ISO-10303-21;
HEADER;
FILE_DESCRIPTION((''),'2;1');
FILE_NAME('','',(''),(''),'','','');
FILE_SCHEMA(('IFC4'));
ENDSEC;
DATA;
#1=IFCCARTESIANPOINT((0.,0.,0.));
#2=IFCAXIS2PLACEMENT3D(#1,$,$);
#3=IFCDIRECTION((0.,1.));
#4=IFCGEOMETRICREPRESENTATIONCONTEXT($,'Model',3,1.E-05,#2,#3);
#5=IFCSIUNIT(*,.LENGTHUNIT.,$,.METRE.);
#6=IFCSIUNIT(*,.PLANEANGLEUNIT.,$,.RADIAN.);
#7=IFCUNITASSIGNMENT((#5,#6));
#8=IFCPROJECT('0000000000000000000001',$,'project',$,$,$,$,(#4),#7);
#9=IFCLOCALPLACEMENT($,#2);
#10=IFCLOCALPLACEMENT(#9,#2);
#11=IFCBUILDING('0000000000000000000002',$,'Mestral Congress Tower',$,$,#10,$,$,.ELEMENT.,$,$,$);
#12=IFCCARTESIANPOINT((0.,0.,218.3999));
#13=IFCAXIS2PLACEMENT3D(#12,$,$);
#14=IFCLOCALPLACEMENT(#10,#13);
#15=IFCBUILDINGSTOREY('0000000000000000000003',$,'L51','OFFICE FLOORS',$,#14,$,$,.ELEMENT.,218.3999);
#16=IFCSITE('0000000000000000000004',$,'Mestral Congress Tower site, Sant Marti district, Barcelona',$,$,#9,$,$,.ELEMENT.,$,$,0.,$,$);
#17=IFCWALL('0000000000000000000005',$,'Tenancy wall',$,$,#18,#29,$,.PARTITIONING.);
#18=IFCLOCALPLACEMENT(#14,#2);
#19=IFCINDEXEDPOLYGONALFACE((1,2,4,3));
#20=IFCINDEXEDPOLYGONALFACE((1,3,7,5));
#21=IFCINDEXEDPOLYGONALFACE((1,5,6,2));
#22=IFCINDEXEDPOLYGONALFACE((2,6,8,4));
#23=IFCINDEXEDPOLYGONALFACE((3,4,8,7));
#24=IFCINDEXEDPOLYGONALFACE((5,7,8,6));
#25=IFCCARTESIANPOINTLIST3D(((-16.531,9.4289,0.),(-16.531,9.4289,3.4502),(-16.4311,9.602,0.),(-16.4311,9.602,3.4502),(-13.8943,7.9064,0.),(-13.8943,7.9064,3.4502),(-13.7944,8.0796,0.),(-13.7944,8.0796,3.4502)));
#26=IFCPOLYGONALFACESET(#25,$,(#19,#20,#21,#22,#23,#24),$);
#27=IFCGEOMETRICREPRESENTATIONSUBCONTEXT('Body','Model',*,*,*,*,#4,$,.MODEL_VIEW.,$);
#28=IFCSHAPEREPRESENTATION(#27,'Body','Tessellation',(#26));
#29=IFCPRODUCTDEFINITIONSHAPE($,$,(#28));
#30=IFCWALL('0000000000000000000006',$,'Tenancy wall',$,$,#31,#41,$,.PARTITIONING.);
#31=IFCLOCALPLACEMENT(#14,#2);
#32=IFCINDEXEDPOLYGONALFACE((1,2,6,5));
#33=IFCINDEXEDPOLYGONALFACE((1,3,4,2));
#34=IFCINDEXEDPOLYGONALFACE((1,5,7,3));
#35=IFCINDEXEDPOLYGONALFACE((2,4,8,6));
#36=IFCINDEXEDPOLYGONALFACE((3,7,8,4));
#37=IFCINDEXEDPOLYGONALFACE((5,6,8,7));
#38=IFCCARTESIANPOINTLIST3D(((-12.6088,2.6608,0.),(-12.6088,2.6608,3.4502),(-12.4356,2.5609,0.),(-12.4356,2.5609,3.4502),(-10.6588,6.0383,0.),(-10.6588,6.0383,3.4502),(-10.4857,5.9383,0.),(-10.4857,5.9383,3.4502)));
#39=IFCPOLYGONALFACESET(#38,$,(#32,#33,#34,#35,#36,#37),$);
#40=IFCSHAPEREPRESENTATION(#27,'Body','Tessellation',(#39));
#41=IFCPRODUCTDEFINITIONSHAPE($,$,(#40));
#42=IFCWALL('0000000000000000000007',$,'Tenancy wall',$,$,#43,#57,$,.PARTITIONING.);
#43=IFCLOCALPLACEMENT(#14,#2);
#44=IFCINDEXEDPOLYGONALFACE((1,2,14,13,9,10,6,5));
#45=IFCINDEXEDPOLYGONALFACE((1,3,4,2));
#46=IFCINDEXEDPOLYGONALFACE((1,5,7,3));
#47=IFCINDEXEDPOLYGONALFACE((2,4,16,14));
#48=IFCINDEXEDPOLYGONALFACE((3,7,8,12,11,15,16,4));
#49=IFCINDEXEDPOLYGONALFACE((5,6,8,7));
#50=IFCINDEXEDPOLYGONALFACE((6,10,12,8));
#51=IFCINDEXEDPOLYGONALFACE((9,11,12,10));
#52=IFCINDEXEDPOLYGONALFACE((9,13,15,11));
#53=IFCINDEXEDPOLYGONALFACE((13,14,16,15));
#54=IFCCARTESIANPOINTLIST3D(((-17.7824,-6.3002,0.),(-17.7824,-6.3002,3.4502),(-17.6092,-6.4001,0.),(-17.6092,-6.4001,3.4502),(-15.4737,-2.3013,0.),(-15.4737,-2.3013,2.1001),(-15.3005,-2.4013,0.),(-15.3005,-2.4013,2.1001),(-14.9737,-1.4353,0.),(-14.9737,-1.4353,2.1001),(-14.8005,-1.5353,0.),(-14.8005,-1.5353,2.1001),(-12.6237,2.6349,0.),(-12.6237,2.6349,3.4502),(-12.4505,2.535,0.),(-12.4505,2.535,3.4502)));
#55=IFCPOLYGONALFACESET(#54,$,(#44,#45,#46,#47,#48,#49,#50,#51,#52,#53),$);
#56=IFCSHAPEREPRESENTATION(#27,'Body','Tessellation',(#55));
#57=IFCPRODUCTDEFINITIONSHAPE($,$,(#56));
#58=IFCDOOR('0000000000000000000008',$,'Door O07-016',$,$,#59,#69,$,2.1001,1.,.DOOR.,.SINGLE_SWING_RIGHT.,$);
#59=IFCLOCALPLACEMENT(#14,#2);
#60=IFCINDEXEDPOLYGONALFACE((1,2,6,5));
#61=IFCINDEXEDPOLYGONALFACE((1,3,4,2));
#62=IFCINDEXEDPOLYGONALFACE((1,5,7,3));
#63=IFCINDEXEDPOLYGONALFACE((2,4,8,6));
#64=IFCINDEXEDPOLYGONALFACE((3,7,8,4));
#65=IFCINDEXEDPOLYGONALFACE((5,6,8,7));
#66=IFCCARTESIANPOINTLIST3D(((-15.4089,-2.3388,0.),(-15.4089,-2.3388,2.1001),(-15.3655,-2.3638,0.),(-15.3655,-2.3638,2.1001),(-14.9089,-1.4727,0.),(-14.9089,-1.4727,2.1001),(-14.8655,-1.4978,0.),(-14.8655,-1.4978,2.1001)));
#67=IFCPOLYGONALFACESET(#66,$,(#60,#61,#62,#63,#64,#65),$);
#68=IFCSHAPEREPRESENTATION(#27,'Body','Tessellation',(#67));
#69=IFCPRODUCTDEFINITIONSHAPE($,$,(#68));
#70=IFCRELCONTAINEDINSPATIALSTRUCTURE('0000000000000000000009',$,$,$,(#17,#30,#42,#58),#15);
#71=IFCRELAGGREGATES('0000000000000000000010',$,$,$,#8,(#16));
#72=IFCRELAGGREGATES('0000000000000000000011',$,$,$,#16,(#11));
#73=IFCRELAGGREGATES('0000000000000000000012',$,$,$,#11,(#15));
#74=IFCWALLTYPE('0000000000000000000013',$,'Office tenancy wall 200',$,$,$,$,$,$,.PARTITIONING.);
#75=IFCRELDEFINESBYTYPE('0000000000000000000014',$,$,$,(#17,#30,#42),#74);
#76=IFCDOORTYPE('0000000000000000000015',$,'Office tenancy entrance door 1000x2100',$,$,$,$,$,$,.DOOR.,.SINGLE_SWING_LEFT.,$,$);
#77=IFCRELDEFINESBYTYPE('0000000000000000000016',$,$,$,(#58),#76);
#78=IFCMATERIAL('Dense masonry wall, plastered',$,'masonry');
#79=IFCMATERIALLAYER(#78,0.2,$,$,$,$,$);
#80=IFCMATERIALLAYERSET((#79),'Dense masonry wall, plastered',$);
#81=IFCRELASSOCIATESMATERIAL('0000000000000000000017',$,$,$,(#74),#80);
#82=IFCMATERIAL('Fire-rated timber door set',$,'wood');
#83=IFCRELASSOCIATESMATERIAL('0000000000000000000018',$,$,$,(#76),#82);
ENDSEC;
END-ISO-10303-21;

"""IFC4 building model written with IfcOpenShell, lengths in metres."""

from ifc_helpers import new_model, si_unit, direction, frame, frame_2d, origin, place, context, subcontext, project, spatial, rectangle, extrude, material, layer, layer_set, type_object, element, fill, save


model = new_model("IFC4")

# Units and contexts
model_context = context("Model", 3, precision=1e-05, world=origin(), true_north=direction((0.0, 1.0)))
body_context = subcontext(model_context, "Body", "Model", "MODEL_VIEW")
ifc_project = project(units=[si_unit("LENGTHUNIT", "METRE"), si_unit("PLANEANGLEUNIT", "RADIAN")], contexts=[model_context])

# Site, building, storey
site_placement = place(None, origin())
site = spatial("IfcSite", under=ifc_project, at=site_placement, Name="Mestral Congress Tower site, Sant Marti district, Barcelona", CompositionType="ELEMENT", RefElevation=0.0)
building_placement = place(site_placement, origin())
building = spatial("IfcBuilding", under=site, at=building_placement, Name="Mestral Congress Tower", CompositionType="ELEMENT")
storey_placement = place(building_placement, frame((0.0, 0.0, 218.3999)))
storey = spatial("IfcBuildingStorey", under=building, at=storey_placement, Name="L51", Description="OFFICE FLOORS", CompositionType="ELEMENT", Elevation=218.3999)

# Walls
ifc_material_1 = material(Name="Dense masonry wall, plastered", Category="masonry")
ifc_layer_1 = layer(ifc_material_1, 0.2)
ifc_layer_set_1 = layer_set([ifc_layer_1], Name="Dense masonry wall, plastered")
wall_type_1 = type_object("IfcWallType", Name="Office tenancy wall 200", PredefinedType="PARTITIONING", material=ifc_layer_set_1)
wall_1_placement = place(storey_placement, frame((-13.8442, 7.9929, 0.0), z_axis=(0.0, 0.0, 1.0), x_axis=(-0.866004, 0.500037, 0.0)))
element("IfcWall", 1, at=wall_1_placement, inside=storey, type_object=wall_type_1, Name="Tenancy wall", PredefinedType="PARTITIONING", context=body_context, shape_type="SweptSolid", body=[
    extrude(rectangle(XDim=3.0447, YDim=0.2, at=frame_2d((1.5225, 0.0))), origin(), (0.0, 0.0, 1.0), 3.4502),
])
wall_2_placement = place(storey_placement, frame((-10.5723, 5.9883, 0.0), z_axis=(0.0, 0.0, 1.0), x_axis=(-0.499997, -0.866027, 0.0)))
element("IfcWall", 2, at=wall_2_placement, inside=storey, type_object=wall_type_1, Name="Tenancy wall", PredefinedType="PARTITIONING", context=body_context, shape_type="SweptSolid", body=[
    extrude(rectangle(XDim=3.8999, YDim=0.2, at=frame_2d((1.95, 0.0))), origin(), (0.0, 0.0, 1.0), 3.4502),
])

# Wall, opening, door
wall_3_placement = place(storey_placement, frame((-12.5371, 2.585, 0.0), z_axis=(0.0, 0.0, 1.0), x_axis=(-0.500002, -0.866024, 0.0)))
wall_3 = element("IfcWall", 3, at=wall_3_placement, inside=storey, type_object=wall_type_1, Name="Tenancy wall", PredefinedType="PARTITIONING", context=body_context, shape_type="SweptSolid", body=[
    extrude(rectangle(XDim=10.3174, YDim=0.2, at=frame_2d((5.1587, 0.0))), origin(), (0.0, 0.0, 1.0), 3.4502),
])
opening_1_placement = place(wall_3_placement, frame((4.7, 0.0, 0.0)))
opening_1 = element("IfcOpeningElement", 4, at=opening_1_placement, cuts=wall_3, PredefinedType="OPENING", context=body_context, shape_type="SweptSolid", body=[
    extrude(rectangle(XDim=1.0, YDim=2.1001, at=frame_2d((0.5, 1.05))), frame((0.0, 0.1099, 0.0), z_axis=(0.0, -1.0, 0.0), x_axis=(1.0, 0.0, 0.0)), (0.0, 0.0, 1.0), 0.22),
])
ifc_material_2 = material(Name="Fire-rated timber door set", Category="wood")
door_type_1 = type_object("IfcDoorType", Name="Office tenancy entrance door 1000x2100", OperationType="SINGLE_SWING_LEFT", PredefinedType="DOOR", material=ifc_material_2)
door_1_placement = place(opening_1_placement, origin())
door_1 = element("IfcDoor", 5, at=door_1_placement, inside=storey, type_object=door_type_1, Name="Door O07-016", OperationType="SINGLE_SWING_RIGHT", OverallHeight=2.1001, OverallWidth=1.0, PredefinedType="DOOR", context=body_context, shape_type="SweptSolid", body=[
    extrude(rectangle(XDim=1.0, YDim=2.1001, at=frame_2d((0.5, 1.05))), frame((0.0, 0.0249, 0.0), z_axis=(0.0, -1.0, 0.0), x_axis=(1.0, 0.0, 0.0)), (0.0, 0.0, 1.0), 0.05),
])
fill(opening_1, door_1)

save(model, "model.ifc")
